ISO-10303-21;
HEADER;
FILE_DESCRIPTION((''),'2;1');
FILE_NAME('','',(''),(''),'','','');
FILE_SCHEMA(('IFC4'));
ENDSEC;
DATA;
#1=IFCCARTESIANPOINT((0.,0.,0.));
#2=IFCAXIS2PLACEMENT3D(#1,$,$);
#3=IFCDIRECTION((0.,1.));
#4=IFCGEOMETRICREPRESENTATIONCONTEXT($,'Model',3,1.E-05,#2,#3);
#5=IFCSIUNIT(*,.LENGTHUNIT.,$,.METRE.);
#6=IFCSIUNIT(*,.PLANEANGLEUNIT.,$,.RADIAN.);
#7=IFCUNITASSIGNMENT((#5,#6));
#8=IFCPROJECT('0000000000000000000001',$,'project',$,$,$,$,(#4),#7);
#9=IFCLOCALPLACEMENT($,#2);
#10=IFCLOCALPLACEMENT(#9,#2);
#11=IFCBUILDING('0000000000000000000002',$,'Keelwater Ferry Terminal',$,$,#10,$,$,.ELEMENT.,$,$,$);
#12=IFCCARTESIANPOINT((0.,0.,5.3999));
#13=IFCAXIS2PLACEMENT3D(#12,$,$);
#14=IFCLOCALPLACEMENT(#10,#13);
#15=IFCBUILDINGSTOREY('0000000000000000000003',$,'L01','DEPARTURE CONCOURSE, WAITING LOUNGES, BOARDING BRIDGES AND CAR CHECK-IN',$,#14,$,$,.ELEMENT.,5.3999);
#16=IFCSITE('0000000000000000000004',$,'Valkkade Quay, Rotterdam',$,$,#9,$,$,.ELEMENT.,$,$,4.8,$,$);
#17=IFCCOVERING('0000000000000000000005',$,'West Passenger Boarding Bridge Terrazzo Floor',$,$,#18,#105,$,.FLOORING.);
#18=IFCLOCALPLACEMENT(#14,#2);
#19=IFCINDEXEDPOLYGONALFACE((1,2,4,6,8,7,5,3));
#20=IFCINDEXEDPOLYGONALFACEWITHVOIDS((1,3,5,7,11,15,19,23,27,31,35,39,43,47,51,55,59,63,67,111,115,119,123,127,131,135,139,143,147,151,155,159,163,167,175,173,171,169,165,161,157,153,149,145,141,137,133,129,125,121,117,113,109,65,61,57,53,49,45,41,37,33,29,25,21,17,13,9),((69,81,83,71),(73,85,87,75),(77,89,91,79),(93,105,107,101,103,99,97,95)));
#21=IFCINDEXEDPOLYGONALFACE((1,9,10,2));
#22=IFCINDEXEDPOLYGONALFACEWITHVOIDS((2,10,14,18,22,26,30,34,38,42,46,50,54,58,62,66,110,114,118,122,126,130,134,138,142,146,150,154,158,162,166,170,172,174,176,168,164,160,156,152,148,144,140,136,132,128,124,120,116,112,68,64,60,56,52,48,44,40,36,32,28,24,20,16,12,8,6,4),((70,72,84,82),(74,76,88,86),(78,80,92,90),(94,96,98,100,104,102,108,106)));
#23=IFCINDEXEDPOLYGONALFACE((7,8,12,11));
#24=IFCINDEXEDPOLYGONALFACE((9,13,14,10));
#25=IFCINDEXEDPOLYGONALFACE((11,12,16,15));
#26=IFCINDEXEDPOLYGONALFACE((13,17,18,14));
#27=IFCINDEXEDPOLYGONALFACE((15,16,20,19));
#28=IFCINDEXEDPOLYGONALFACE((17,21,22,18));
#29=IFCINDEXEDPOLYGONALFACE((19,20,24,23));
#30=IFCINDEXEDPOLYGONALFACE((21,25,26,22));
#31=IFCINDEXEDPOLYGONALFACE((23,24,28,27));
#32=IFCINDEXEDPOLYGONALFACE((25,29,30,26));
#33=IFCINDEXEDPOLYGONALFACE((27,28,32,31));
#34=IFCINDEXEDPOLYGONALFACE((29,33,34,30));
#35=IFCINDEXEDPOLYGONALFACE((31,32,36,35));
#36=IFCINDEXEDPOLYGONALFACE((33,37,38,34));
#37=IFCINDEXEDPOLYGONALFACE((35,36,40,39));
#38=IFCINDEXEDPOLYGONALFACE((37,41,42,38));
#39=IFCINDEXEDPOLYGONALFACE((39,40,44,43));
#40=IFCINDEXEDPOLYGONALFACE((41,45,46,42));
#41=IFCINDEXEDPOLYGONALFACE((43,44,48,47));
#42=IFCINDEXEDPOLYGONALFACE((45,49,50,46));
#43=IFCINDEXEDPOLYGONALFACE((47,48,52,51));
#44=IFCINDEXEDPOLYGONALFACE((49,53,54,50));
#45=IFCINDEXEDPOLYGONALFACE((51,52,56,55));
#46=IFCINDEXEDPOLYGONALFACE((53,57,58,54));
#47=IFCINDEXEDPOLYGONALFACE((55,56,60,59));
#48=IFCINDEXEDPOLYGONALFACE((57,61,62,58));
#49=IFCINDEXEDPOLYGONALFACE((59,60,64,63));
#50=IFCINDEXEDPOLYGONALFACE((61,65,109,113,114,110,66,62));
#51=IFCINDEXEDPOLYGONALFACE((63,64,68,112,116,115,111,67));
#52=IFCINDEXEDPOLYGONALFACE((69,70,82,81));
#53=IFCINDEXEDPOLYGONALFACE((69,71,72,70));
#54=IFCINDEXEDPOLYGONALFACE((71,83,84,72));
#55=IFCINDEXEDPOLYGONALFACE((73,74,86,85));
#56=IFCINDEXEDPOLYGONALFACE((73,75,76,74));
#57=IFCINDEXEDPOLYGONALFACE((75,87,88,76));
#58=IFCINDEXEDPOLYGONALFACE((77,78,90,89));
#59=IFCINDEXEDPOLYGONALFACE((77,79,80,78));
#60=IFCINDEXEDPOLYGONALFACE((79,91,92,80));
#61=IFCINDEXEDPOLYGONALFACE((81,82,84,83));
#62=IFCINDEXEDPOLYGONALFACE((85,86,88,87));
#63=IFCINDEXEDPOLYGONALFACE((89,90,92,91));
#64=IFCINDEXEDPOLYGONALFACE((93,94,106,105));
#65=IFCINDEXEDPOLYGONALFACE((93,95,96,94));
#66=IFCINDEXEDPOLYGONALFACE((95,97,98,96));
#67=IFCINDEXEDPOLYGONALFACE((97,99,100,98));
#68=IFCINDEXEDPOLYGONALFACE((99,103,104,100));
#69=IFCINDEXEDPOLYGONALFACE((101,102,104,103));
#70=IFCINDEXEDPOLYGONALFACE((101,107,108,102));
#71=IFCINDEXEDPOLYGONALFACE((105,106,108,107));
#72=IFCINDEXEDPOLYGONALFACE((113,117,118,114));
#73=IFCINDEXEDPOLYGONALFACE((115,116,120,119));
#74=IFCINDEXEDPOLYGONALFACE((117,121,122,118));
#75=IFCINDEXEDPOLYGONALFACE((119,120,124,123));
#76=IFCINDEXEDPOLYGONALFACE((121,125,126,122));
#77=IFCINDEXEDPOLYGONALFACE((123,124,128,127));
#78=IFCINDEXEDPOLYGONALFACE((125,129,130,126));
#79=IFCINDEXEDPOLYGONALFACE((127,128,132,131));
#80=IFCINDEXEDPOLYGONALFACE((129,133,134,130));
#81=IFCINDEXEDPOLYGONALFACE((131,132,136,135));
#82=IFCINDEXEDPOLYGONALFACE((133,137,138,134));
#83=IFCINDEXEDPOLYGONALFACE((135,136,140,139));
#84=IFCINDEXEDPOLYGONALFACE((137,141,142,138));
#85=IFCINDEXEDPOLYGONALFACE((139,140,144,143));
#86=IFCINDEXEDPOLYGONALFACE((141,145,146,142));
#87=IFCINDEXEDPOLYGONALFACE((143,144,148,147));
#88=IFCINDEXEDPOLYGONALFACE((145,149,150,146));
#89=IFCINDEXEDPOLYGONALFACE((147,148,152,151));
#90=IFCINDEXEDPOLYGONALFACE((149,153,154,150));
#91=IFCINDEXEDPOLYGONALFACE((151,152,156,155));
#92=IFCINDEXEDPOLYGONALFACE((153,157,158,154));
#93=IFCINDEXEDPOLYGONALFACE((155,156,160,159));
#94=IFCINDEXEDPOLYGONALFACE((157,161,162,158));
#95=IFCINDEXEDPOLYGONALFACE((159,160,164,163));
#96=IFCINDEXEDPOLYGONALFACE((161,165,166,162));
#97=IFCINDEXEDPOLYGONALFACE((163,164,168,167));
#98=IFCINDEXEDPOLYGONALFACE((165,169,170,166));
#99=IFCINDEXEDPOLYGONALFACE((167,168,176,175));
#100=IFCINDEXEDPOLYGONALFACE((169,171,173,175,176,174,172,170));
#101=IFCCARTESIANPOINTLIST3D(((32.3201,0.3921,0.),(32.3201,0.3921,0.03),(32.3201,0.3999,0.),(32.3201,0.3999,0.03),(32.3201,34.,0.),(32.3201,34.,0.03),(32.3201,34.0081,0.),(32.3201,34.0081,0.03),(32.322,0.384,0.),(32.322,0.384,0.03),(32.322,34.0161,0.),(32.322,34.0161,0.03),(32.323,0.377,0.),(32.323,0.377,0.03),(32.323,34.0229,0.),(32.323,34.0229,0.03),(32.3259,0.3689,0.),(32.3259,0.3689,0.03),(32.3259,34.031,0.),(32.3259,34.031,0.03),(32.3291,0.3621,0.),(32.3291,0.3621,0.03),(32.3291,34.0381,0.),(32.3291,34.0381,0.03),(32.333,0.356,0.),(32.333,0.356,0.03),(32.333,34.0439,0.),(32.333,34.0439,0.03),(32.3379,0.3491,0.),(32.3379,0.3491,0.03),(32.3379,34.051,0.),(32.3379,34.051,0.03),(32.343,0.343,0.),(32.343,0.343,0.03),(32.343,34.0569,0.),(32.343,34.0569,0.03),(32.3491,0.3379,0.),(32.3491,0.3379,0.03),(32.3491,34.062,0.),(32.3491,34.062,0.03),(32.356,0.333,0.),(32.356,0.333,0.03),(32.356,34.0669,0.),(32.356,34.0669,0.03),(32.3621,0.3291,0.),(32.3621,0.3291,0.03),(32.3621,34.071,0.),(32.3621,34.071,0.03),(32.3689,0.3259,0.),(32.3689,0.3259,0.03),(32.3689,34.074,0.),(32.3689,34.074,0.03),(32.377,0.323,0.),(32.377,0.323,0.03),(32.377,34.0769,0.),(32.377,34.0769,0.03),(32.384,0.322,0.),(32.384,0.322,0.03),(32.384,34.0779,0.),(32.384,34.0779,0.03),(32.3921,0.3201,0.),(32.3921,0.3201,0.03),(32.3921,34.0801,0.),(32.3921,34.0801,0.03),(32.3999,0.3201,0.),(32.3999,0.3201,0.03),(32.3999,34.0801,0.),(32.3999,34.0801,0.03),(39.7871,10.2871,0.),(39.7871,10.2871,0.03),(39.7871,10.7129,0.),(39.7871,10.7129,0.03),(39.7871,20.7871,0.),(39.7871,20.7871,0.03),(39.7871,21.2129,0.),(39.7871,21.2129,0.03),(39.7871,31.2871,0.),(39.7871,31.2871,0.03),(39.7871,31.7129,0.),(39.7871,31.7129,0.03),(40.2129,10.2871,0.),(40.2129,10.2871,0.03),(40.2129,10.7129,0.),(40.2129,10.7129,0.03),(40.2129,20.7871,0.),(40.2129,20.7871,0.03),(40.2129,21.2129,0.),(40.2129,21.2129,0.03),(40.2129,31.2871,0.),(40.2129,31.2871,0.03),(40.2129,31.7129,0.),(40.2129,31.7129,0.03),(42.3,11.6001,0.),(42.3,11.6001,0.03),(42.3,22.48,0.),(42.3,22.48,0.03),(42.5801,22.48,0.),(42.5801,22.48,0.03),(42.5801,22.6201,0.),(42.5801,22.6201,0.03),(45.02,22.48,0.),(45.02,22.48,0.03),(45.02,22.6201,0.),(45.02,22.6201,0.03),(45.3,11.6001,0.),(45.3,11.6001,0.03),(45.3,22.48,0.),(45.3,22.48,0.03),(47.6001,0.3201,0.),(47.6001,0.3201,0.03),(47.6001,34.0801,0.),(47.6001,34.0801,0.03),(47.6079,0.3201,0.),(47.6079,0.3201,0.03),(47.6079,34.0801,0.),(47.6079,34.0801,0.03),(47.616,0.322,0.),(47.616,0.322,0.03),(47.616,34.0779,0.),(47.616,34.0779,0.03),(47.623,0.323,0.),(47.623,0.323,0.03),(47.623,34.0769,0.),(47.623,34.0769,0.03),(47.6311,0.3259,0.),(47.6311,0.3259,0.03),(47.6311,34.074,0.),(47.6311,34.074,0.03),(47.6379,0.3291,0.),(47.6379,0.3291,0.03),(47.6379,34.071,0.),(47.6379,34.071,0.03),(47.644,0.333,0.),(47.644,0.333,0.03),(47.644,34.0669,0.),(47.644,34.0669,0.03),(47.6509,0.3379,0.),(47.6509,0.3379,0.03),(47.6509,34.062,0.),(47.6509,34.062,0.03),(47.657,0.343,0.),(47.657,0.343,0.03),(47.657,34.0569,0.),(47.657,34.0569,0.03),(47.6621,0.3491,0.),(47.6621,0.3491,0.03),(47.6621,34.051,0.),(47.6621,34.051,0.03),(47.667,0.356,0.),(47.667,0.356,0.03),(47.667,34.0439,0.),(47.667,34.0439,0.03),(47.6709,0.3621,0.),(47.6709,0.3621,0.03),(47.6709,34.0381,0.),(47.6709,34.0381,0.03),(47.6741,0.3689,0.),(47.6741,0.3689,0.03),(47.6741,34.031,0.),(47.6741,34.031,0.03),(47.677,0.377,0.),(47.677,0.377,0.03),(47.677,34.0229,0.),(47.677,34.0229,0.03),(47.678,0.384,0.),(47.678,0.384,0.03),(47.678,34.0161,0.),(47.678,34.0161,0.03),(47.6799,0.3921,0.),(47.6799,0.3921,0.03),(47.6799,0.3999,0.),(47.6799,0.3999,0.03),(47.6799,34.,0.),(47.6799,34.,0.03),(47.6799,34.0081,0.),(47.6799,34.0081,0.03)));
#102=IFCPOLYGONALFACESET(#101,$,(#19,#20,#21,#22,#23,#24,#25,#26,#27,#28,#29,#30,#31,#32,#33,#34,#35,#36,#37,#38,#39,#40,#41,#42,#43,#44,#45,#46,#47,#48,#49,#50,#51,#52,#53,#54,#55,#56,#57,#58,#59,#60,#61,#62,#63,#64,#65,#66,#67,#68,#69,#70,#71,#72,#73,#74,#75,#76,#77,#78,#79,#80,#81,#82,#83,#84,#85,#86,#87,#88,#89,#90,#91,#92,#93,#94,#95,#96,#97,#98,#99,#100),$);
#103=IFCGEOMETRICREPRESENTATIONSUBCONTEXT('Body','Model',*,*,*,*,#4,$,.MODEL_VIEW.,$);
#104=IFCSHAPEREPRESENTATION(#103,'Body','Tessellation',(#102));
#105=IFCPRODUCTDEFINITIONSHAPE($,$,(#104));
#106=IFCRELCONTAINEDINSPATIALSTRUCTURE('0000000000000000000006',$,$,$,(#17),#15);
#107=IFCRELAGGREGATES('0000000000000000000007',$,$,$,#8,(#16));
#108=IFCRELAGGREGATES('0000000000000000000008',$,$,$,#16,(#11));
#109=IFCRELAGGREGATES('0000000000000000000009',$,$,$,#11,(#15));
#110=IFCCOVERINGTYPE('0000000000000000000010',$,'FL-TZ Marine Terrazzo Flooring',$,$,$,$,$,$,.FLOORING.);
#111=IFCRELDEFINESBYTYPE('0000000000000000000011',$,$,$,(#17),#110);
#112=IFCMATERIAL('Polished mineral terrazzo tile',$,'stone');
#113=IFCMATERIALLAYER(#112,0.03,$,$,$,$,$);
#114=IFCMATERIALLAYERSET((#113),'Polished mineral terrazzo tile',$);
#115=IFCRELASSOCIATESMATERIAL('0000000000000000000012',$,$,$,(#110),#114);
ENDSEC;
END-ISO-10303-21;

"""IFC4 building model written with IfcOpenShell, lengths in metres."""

from ifc_helpers import new_model, si_unit, direction, frame, origin, place, context, subcontext, project, spatial, polyline, outline, extrude, material, layer, layer_set, type_object, element, save


model = new_model("IFC4")

# Units and contexts
model_context = context("Model", 3, precision=1e-05, world=origin(), true_north=direction((0.0, 1.0)))
body_context = subcontext(model_context, "Body", "Model", "MODEL_VIEW")
ifc_project = project(units=[si_unit("LENGTHUNIT", "METRE"), si_unit("PLANEANGLEUNIT", "RADIAN")], contexts=[model_context])

# Site, building, storey
site_placement = place(None, origin())
site = spatial("IfcSite", under=ifc_project, at=site_placement, Name="Valkkade Quay, Rotterdam", CompositionType="ELEMENT", RefElevation=4.8)
building_placement = place(site_placement, origin())
building = spatial("IfcBuilding", under=site, at=building_placement, Name="Keelwater Ferry Terminal", CompositionType="ELEMENT")
storey_placement = place(building_placement, frame((0.0, 0.0, 5.3999)))
storey = spatial("IfcBuildingStorey", under=building, at=storey_placement, Name="L01", Description="DEPARTURE CONCOURSE, WAITING LOUNGES, BOARDING BRIDGES AND CAR CHECK-IN", CompositionType="ELEMENT", Elevation=5.3999)

# Covering
ifc_material_1 = material(Name="Polished mineral terrazzo tile", Category="stone")
ifc_layer_1 = layer(ifc_material_1, 0.03)
ifc_layer_set_1 = layer_set([ifc_layer_1], Name="Polished mineral terrazzo tile")
covering_type_1 = type_object("IfcCoveringType", Name="FL-TZ Marine Terrazzo Flooring", PredefinedType="FLOORING", material=ifc_layer_set_1)
covering_1_placement = place(storey_placement, origin())
element("IfcCovering", 1, at=covering_1_placement, inside=storey, type_object=covering_type_1, Name="West Passenger Boarding Bridge Terrazzo Floor", PredefinedType="FLOORING", context=body_context, shape_type="SweptSolid", body=[
    extrude(outline(polyline([(47.616, 34.0779), (47.623, 34.0769), (47.6311, 34.074), (47.6379, 34.071), (47.644, 34.0669), (47.6509, 34.062), (47.657, 34.0569), (47.6621, 34.051), (47.667, 34.0439), (47.6709, 34.0381), (47.6741, 34.031), (47.677, 34.0229), (47.678, 34.0161), (47.6799, 34.0081), (47.6799, 34.0), (47.6799, 0.3999), (47.6799, 0.3921), (47.678, 0.384), (47.677, 0.377), (47.6741, 0.3689), (47.6709, 0.3621), (47.667, 0.356), (47.6621, 0.3491), (47.657, 0.343), (47.6509, 0.3379), (47.644, 0.333), (47.6379, 0.3291), (47.6311, 0.3259), (47.623, 0.323), (47.616, 0.322), (47.6079, 0.3201), (47.6001, 0.3201), (32.3999, 0.3201), (32.3921, 0.3201), (32.384, 0.322), (32.377, 0.323), (32.3689, 0.3259), (32.3621, 0.3291), (32.356, 0.333), (32.3491, 0.3379), (32.343, 0.343), (32.3379, 0.3491), (32.333, 0.356), (32.3291, 0.3621), (32.3259, 0.3689), (32.323, 0.377), (32.322, 0.384), (32.3201, 0.3921), (32.3201, 0.3999), (32.3201, 34.0), (32.3201, 34.0081), (32.322, 34.0161), (32.323, 34.0229), (32.3259, 34.031), (32.3291, 34.0381), (32.333, 34.0439), (32.3379, 34.051), (32.343, 34.0569), (32.3491, 34.062), (32.356, 34.0669), (32.3621, 34.071), (32.3689, 34.074), (32.377, 34.0769), (32.384, 34.0779), (32.3921, 34.0801), (32.3999, 34.0801), (47.6001, 34.0801), (47.6079, 34.0801), (47.616, 34.0779)]), holes=[polyline([(42.5801, 22.6201), (42.5801, 22.48), (42.3, 22.48), (42.3, 11.6001), (45.3, 11.6001), (45.3, 22.48), (45.02, 22.48), (45.02, 22.6201), (42.5801, 22.6201)]), polyline([(39.7871, 10.7129), (39.7871, 10.2871), (40.2129, 10.2871), (40.2129, 10.7129), (39.7871, 10.7129)]), polyline([(39.7871, 21.2129), (39.7871, 20.7871), (40.2129, 20.7871), (40.2129, 21.2129), (39.7871, 21.2129)]), polyline([(40.2129, 31.7129), (39.7871, 31.7129), (39.7871, 31.2871), (40.2129, 31.2871), (40.2129, 31.7129)])]), origin(), (0.0, 0.0, 1.0), 0.03),
])

save(model, "model.ifc")
